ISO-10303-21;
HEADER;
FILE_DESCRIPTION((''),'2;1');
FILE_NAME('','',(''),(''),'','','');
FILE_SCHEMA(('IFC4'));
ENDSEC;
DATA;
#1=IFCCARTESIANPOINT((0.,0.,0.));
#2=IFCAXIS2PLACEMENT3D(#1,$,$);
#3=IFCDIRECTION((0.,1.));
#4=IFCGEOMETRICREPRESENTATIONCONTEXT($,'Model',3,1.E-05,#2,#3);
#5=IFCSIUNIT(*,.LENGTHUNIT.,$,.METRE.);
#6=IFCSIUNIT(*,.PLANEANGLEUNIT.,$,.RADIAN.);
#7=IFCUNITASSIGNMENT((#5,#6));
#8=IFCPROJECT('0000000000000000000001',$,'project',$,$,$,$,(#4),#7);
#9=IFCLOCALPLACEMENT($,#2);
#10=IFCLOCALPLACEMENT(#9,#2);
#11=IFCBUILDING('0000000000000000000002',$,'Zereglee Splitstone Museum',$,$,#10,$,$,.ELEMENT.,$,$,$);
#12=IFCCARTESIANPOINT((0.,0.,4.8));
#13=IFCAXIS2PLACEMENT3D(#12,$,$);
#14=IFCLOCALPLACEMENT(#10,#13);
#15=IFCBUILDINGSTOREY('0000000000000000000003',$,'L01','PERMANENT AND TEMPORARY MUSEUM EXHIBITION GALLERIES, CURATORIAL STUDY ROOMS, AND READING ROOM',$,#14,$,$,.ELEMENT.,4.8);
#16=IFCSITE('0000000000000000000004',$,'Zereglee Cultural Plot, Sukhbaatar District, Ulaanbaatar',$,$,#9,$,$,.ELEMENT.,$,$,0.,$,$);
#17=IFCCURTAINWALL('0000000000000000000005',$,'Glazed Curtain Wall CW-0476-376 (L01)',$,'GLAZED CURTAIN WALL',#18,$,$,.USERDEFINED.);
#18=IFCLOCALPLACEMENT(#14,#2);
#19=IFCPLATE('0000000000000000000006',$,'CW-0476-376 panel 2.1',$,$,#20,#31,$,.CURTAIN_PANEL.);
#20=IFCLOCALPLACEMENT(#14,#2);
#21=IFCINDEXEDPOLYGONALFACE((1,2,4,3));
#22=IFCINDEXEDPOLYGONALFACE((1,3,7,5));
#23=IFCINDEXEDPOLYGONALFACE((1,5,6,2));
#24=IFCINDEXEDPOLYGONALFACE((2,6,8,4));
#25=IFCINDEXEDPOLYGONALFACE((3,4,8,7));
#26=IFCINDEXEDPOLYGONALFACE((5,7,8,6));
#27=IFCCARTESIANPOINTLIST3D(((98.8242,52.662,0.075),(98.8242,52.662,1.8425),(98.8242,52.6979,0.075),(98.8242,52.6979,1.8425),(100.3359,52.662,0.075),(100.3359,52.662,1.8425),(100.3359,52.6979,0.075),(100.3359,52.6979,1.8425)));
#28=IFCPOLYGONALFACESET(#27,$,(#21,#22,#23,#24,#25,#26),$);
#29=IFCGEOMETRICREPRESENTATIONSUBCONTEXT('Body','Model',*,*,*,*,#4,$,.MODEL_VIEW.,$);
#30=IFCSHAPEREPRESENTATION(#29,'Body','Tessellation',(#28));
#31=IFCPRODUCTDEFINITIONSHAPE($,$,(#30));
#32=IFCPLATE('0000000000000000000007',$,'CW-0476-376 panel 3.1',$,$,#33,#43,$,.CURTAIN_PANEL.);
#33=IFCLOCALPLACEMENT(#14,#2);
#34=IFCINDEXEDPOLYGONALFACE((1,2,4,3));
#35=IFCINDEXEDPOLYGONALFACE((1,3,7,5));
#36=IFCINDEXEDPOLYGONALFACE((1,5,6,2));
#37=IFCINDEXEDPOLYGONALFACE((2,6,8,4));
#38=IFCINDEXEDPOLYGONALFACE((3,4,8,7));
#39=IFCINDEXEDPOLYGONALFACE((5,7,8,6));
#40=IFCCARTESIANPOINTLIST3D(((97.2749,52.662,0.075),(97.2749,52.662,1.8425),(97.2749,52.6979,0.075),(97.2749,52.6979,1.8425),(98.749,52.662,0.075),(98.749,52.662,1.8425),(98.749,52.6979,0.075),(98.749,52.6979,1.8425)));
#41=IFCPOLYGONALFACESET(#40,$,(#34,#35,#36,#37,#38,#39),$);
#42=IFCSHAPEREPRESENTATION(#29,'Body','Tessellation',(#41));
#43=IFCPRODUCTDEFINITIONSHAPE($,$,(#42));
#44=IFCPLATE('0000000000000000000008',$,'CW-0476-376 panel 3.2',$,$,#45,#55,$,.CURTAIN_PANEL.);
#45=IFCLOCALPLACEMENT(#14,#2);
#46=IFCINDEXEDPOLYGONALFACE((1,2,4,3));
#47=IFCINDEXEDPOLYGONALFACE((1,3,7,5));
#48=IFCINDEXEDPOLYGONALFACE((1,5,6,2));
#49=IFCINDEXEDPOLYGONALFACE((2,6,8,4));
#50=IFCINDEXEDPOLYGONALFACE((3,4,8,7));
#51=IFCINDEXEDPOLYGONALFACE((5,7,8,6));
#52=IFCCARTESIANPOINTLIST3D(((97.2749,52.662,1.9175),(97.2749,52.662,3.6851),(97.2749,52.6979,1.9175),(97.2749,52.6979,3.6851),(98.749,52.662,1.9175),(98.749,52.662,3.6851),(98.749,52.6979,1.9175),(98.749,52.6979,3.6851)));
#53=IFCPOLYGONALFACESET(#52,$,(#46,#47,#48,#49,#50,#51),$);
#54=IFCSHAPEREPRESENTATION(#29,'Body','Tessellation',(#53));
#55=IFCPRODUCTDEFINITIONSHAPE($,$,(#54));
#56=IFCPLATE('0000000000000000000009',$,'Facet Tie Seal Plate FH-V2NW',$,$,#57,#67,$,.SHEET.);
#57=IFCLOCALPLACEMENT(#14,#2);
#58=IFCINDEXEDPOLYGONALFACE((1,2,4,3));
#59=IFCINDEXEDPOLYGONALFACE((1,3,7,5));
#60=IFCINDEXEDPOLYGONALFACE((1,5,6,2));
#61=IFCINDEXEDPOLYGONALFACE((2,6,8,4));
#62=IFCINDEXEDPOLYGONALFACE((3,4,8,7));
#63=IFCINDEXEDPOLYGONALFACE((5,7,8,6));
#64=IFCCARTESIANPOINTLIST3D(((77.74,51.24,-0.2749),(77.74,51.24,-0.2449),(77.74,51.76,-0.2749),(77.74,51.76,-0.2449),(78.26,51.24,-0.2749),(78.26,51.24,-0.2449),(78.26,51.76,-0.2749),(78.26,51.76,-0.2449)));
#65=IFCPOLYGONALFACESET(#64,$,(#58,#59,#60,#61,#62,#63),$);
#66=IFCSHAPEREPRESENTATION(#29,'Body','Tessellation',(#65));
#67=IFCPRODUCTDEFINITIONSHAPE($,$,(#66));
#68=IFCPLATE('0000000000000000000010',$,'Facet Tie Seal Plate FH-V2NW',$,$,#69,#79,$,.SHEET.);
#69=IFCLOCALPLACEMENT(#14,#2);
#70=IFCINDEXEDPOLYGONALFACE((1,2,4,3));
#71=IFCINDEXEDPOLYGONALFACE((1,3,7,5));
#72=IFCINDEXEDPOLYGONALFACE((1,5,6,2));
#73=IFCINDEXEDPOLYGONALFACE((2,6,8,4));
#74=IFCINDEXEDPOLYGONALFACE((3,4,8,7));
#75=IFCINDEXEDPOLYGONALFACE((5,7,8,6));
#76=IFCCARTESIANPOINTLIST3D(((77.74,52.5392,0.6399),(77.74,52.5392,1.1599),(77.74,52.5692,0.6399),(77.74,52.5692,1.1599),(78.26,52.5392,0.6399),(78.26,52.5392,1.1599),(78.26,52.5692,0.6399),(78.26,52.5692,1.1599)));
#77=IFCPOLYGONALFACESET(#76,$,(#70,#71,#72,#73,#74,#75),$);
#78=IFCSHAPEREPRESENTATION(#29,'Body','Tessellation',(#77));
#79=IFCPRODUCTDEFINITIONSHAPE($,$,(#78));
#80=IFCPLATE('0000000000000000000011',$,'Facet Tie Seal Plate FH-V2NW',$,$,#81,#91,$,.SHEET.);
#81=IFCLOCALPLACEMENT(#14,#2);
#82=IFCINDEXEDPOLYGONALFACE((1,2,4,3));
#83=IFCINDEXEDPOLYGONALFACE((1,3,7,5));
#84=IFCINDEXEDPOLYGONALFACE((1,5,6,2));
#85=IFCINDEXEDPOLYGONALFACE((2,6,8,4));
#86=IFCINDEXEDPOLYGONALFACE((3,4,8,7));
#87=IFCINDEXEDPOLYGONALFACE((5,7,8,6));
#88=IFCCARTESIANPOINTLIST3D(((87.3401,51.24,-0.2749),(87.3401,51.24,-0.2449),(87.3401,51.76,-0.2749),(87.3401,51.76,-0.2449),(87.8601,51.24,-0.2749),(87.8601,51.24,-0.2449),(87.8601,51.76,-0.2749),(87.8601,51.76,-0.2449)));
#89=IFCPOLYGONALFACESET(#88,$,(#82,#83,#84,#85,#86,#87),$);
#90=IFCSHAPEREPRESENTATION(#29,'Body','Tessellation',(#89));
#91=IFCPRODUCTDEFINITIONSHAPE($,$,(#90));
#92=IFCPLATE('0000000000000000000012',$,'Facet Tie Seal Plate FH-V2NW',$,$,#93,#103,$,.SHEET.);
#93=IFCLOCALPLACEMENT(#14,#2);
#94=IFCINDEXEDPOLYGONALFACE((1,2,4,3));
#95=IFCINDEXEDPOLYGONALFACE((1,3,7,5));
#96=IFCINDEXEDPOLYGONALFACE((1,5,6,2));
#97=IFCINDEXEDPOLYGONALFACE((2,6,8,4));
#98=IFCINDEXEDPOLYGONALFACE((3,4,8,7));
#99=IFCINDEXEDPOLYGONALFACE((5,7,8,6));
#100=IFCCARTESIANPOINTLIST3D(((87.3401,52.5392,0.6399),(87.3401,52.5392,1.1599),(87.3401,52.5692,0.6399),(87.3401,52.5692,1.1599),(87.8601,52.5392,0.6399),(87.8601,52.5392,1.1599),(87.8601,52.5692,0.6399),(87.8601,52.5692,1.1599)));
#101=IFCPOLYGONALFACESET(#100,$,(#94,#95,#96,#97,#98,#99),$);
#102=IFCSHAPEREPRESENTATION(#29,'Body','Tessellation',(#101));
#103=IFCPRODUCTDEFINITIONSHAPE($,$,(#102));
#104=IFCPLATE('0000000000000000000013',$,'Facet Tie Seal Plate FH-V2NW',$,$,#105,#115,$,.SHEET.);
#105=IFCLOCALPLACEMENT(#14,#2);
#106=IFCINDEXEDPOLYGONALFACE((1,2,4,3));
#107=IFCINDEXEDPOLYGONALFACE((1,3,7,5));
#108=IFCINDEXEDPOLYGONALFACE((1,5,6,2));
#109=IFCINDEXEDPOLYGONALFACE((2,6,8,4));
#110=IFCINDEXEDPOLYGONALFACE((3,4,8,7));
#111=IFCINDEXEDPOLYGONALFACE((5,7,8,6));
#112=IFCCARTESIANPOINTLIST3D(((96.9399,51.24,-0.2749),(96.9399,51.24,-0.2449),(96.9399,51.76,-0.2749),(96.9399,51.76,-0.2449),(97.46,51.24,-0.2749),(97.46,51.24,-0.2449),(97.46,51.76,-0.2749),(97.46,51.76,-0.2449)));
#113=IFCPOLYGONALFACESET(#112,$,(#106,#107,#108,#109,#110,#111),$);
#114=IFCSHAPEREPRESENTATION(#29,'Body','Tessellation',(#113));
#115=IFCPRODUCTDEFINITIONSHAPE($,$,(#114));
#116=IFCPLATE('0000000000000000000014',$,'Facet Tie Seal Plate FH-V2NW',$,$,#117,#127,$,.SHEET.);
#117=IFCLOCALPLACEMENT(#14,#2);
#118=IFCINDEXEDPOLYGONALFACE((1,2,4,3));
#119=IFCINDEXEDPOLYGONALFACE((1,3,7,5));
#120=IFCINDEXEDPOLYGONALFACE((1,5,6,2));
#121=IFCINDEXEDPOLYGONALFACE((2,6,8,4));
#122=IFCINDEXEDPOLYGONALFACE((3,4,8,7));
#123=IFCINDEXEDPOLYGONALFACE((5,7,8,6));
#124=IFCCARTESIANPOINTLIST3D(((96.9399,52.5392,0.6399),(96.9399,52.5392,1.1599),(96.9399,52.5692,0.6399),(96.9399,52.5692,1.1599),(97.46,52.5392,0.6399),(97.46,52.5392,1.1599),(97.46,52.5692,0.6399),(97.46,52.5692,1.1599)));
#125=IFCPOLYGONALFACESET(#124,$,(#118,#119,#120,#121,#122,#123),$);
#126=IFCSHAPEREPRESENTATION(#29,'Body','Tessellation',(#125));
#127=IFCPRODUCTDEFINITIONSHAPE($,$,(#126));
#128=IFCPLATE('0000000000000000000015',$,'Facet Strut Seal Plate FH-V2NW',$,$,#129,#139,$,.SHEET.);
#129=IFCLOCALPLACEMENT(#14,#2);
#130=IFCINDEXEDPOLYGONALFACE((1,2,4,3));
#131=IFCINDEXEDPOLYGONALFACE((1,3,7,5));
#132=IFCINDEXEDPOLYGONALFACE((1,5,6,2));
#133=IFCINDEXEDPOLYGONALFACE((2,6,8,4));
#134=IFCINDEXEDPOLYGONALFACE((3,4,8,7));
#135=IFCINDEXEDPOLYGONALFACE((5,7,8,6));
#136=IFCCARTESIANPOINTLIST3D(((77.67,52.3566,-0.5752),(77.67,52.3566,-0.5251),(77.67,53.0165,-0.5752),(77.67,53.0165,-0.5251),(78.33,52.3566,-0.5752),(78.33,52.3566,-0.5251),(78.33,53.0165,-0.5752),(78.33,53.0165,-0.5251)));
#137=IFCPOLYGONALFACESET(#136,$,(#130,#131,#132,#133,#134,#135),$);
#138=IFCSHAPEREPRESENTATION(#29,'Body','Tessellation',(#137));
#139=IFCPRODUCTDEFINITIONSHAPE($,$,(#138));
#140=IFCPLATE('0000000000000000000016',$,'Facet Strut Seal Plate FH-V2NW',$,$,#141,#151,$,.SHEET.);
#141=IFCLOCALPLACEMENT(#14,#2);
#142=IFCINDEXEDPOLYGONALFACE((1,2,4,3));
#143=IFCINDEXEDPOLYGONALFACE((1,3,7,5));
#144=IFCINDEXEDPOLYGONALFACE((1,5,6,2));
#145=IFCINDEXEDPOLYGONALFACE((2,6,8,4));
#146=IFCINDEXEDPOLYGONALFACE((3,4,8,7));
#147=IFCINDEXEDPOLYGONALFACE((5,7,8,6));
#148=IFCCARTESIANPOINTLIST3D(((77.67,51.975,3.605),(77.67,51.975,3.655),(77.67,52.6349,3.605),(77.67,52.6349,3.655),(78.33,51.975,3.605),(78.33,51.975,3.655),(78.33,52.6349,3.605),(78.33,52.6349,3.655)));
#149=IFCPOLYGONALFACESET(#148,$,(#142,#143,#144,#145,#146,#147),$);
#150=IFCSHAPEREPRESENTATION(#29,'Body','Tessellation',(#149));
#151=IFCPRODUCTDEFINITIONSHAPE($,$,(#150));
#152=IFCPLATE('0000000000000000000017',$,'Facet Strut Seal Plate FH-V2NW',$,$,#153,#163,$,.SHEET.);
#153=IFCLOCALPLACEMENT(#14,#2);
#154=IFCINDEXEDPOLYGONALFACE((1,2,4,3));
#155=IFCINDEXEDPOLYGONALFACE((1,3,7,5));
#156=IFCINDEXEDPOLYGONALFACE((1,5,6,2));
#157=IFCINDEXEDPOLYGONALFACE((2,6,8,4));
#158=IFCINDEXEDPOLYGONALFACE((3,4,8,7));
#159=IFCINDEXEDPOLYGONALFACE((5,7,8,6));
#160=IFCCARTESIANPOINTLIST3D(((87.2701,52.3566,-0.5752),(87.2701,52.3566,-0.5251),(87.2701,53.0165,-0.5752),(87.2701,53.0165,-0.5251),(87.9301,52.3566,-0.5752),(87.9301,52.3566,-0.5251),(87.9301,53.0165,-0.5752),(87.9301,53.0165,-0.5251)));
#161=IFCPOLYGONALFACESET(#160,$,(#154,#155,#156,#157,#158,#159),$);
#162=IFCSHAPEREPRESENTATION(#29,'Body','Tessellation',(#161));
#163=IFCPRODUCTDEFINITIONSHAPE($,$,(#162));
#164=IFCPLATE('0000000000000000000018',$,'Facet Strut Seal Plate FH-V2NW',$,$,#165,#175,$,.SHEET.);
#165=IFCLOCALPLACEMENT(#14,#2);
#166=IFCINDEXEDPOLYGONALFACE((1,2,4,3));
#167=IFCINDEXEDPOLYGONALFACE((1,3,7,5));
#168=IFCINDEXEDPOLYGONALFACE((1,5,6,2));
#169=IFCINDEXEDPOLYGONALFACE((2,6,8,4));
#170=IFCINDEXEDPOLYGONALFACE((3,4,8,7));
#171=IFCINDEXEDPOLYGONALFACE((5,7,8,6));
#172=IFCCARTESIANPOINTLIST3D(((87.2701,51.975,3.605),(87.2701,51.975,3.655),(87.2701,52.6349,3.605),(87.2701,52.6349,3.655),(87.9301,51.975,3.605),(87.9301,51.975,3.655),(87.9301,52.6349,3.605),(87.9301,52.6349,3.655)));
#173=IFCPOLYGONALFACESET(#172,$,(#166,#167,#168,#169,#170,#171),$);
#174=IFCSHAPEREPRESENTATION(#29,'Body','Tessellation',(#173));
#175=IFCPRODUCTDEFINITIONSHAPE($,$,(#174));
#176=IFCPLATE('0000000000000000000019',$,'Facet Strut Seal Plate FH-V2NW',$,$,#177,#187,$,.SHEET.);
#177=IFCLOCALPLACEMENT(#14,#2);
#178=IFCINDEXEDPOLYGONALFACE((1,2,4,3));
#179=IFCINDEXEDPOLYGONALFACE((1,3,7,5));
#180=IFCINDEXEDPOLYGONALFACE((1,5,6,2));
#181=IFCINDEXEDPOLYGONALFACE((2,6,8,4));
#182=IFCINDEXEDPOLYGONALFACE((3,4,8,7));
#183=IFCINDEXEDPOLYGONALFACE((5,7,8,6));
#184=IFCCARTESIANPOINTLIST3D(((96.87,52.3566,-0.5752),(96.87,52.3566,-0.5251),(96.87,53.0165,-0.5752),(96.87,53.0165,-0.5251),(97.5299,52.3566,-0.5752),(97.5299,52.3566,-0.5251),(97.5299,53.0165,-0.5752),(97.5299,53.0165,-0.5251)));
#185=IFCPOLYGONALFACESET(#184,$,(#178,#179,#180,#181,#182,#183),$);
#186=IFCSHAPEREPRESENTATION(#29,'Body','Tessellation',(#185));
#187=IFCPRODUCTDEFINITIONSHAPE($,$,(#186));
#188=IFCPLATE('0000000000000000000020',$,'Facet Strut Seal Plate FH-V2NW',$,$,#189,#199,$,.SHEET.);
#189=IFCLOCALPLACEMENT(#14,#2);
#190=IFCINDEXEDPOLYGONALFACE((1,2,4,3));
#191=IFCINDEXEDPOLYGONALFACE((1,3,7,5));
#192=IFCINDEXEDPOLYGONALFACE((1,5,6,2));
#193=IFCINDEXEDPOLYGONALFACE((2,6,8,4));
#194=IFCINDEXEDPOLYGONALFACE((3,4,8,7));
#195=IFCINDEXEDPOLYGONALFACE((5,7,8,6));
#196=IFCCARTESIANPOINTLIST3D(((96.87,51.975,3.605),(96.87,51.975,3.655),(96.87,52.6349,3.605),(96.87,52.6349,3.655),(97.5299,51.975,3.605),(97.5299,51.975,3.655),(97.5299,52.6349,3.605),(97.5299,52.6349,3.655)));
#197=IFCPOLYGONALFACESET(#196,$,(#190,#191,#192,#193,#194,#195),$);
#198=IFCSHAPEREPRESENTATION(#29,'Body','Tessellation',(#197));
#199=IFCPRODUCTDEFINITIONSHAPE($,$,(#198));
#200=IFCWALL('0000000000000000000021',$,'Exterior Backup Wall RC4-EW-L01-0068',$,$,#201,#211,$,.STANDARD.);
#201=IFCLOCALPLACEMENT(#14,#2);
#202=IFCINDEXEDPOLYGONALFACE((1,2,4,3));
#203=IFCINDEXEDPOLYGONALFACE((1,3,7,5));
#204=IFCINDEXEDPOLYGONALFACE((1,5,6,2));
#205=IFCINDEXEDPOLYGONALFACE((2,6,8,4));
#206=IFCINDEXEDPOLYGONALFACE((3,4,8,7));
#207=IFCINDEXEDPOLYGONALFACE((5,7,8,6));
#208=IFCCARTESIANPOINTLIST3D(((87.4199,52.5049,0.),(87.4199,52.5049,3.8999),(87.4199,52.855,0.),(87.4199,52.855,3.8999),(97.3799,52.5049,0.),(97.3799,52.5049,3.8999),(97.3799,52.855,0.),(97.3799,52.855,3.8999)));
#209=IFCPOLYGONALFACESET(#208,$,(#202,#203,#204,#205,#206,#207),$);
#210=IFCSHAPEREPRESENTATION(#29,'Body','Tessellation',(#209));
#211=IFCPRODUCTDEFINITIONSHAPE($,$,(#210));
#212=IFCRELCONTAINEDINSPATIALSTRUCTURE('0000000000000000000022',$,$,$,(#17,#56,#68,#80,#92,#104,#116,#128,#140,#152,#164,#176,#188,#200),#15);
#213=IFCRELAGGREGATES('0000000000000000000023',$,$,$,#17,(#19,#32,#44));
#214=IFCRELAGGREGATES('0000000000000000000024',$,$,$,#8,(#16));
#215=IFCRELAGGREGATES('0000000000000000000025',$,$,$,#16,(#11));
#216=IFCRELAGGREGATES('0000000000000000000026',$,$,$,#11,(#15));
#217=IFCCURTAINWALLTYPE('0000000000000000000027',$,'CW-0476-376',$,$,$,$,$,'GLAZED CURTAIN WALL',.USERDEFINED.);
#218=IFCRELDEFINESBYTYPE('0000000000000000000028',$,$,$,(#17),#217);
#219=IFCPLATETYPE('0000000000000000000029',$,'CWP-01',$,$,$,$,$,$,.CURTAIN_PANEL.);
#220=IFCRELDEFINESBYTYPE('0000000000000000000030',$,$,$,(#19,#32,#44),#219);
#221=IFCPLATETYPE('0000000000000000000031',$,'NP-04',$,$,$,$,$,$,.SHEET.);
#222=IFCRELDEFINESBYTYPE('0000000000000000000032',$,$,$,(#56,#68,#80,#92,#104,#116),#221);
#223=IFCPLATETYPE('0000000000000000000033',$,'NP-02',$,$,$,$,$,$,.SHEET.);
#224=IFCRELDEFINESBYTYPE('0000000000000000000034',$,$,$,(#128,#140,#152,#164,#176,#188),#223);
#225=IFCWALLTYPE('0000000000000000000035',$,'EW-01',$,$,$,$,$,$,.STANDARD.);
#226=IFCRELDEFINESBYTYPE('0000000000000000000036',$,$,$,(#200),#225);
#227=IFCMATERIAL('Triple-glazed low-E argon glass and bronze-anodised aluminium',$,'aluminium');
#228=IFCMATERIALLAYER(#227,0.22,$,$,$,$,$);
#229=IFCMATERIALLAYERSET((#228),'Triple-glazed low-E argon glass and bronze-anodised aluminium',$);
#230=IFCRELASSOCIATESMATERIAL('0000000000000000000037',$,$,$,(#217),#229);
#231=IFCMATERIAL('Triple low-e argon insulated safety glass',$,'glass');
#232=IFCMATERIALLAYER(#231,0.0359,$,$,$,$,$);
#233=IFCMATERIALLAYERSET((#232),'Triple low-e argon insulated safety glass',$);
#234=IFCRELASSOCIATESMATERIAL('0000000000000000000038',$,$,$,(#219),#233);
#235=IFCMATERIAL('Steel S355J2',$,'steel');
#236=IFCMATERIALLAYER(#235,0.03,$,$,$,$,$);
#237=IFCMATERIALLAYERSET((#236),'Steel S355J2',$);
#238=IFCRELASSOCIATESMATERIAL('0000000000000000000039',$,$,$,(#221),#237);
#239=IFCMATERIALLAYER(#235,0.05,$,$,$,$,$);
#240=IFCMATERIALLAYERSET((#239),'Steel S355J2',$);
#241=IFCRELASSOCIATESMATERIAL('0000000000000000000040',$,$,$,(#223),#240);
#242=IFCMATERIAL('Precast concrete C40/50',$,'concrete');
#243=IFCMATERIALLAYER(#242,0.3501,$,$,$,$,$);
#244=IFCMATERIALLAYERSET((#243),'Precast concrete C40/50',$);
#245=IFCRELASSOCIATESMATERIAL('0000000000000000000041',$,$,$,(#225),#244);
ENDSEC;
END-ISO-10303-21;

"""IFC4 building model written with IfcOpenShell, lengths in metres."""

from ifc_helpers import new_model, si_unit, direction, frame, frame_2d, origin, origin_2d, place, context, subcontext, project, spatial, rectangle, extrude, material, layer, layer_set, type_object, element, aggregate, save


model = new_model("IFC4")

# Units and contexts
model_context = context("Model", 3, precision=1e-05, world=origin(), true_north=direction((0.0, 1.0)))
body_context = subcontext(model_context, "Body", "Model", "MODEL_VIEW")
ifc_project = project(units=[si_unit("LENGTHUNIT", "METRE"), si_unit("PLANEANGLEUNIT", "RADIAN")], contexts=[model_context])

# Site, building, storey
site_placement = place(None, origin())
site = spatial("IfcSite", under=ifc_project, at=site_placement, Name="Zereglee Cultural Plot, Sukhbaatar District, Ulaanbaatar", CompositionType="ELEMENT", RefElevation=0.0)
building_placement = place(site_placement, origin())
building = spatial("IfcBuilding", under=site, at=building_placement, Name="Zereglee Splitstone Museum", CompositionType="ELEMENT")
storey_placement = place(building_placement, frame((0.0, 0.0, 4.8)))
storey = spatial("IfcBuildingStorey", under=building, at=storey_placement, Name="L01", Description="PERMANENT AND TEMPORARY MUSEUM EXHIBITION GALLERIES, CURATORIAL STUDY ROOMS, AND READING ROOM", CompositionType="ELEMENT", Elevation=4.8)

# Curtain wall
ifc_material_1 = material(Name="Triple-glazed low-E argon glass and bronze-anodised aluminium", Category="aluminium")
ifc_layer_1 = layer(ifc_material_1, 0.22)
ifc_layer_set_1 = layer_set([ifc_layer_1], Name="Triple-glazed low-E argon glass and bronze-anodised aluminium")
curtain_wall_type = type_object("IfcCurtainWallType", Name="CW-0476-376", ElementType="GLAZED CURTAIN WALL", PredefinedType="USERDEFINED", material=ifc_layer_set_1)
curtain_wall_placement = place(storey_placement, origin())
curtain_wall = element("IfcCurtainWall", 1, at=curtain_wall_placement, inside=storey, type_object=curtain_wall_type, Name="Glazed Curtain Wall CW-0476-376 (L01)", ObjectType="GLAZED CURTAIN WALL", PredefinedType="USERDEFINED")

# Shared definitions
ifc_material_2 = material(Name="Steel S355J2", Category="steel")

# Plates
ifc_material_3 = material(Name="Triple low-e argon insulated safety glass", Category="glass")
ifc_layer_2 = layer(ifc_material_3, 0.0359)
ifc_layer_set_2 = layer_set([ifc_layer_2], Name="Triple low-e argon insulated safety glass")
plate_type_1 = type_object("IfcPlateType", Name="CWP-01", PredefinedType="CURTAIN_PANEL", material=ifc_layer_set_2)
plate_1_placement = place(storey_placement, frame((99.5801, 52.6799, 0.075), z_axis=(0.0, 0.0, 1.0), x_axis=(-1.0, 0.0, 0.0)))
plate_1 = element("IfcPlate", 2, at=plate_1_placement, type_object=plate_type_1, Name="CW-0476-376 panel 2.1", PredefinedType="CURTAIN_PANEL", context=body_context, shape_type="SweptSolid", body=[
    extrude(rectangle(XDim=1.5117, YDim=0.0359, at=origin_2d()), origin(), (0.0, 0.0, 1.0), 1.7676),
])
plate_2_placement = place(storey_placement, frame((98.012, 52.6799, 0.075), z_axis=(0.0, 0.0, 1.0), x_axis=(-1.0, 0.0, 0.0)))
plate_2 = element("IfcPlate", 3, at=plate_2_placement, type_object=plate_type_1, Name="CW-0476-376 panel 3.1", PredefinedType="CURTAIN_PANEL", context=body_context, shape_type="SweptSolid", body=[
    extrude(rectangle(XDim=1.4741, YDim=0.0359, at=origin_2d()), origin(), (0.0, 0.0, 1.0), 1.7676),
])
plate_3_placement = place(storey_placement, frame((98.012, 52.6799, 1.9175), z_axis=(0.0, 0.0, 1.0), x_axis=(-1.0, 0.0, 0.0)))
plate_3 = element("IfcPlate", 4, at=plate_3_placement, type_object=plate_type_1, Name="CW-0476-376 panel 3.2", PredefinedType="CURTAIN_PANEL", context=body_context, shape_type="SweptSolid", body=[
    extrude(rectangle(XDim=1.4741, YDim=0.0359, at=origin_2d()), origin(), (0.0, 0.0, 1.0), 1.7676),
])
aggregate(curtain_wall, [plate_1, plate_2, plate_3])

# Plates
ifc_layer_3 = layer(ifc_material_2, 0.03)
ifc_layer_set_3 = layer_set([ifc_layer_3], Name="Steel S355J2")
plate_type_2 = type_object("IfcPlateType", Name="NP-04", PredefinedType="SHEET", material=ifc_layer_set_3)
plate_4_placement = place(storey_placement, frame((78.0, 51.5, -0.2749), z_axis=(0.0, 0.0, 1.0), x_axis=(1.0, 0.0, 0.0)))
element("IfcPlate", 5, at=plate_4_placement, inside=storey, type_object=plate_type_2, Name="Facet Tie Seal Plate FH-V2NW", PredefinedType="SHEET", context=body_context, shape_type="SweptSolid", body=[
    extrude(rectangle(XDim=0.52, YDim=0.52, at=origin_2d()), origin(), (0.0, 0.0, 1.0), 0.03),
])
plate_5_placement = place(storey_placement, frame((78.0, 52.5542, 0.6399), z_axis=(0.0, 0.0, 1.0), x_axis=(1.0, 0.0, 0.0)))
element("IfcPlate", 6, at=plate_5_placement, inside=storey, type_object=plate_type_2, Name="Facet Tie Seal Plate FH-V2NW", PredefinedType="SHEET", context=body_context, shape_type="SweptSolid", body=[
    extrude(rectangle(XDim=0.52, YDim=0.03, at=origin_2d()), origin(), (0.0, 0.0, 1.0), 0.52),
])
plate_6_placement = place(storey_placement, frame((87.6001, 51.5, -0.2749), z_axis=(0.0, 0.0, 1.0), x_axis=(1.0, 0.0, 0.0)))
element("IfcPlate", 7, at=plate_6_placement, inside=storey, type_object=plate_type_2, Name="Facet Tie Seal Plate FH-V2NW", PredefinedType="SHEET", context=body_context, shape_type="SweptSolid", body=[
    extrude(rectangle(XDim=0.52, YDim=0.52, at=origin_2d()), origin(), (0.0, 0.0, 1.0), 0.03),
])
plate_7_placement = place(storey_placement, frame((87.6001, 52.5542, 0.6399), z_axis=(0.0, 0.0, 1.0), x_axis=(1.0, 0.0, 0.0)))
element("IfcPlate", 8, at=plate_7_placement, inside=storey, type_object=plate_type_2, Name="Facet Tie Seal Plate FH-V2NW", PredefinedType="SHEET", context=body_context, shape_type="SweptSolid", body=[
    extrude(rectangle(XDim=0.52, YDim=0.03, at=origin_2d()), origin(), (0.0, 0.0, 1.0), 0.52),
])
plate_8_placement = place(storey_placement, frame((97.2, 51.5, -0.2749), z_axis=(0.0, 0.0, 1.0), x_axis=(1.0, 0.0, 0.0)))
element("IfcPlate", 9, at=plate_8_placement, inside=storey, type_object=plate_type_2, Name="Facet Tie Seal Plate FH-V2NW", PredefinedType="SHEET", context=body_context, shape_type="SweptSolid", body=[
    extrude(rectangle(XDim=0.52, YDim=0.52, at=origin_2d()), origin(), (0.0, 0.0, 1.0), 0.03),
])
plate_9_placement = place(storey_placement, frame((97.2, 52.5542, 0.6399), z_axis=(0.0, 0.0, 1.0), x_axis=(1.0, 0.0, 0.0)))
element("IfcPlate", 10, at=plate_9_placement, inside=storey, type_object=plate_type_2, Name="Facet Tie Seal Plate FH-V2NW", PredefinedType="SHEET", context=body_context, shape_type="SweptSolid", body=[
    extrude(rectangle(XDim=0.52, YDim=0.03, at=origin_2d()), origin(), (0.0, 0.0, 1.0), 0.52),
])
ifc_layer_4 = layer(ifc_material_2, 0.05)
ifc_layer_set_4 = layer_set([ifc_layer_4], Name="Steel S355J2")
plate_type_3 = type_object("IfcPlateType", Name="NP-02", PredefinedType="SHEET", material=ifc_layer_set_4)
for number, where, z_axis, x_axis, name in (
    (11, (78.0, 52.6865, -0.5752), (0.0, 0.0, 1.0), (1.0, 0.0, 0.0), "Facet Strut Seal Plate FH-V2NW"),
    (12, (78.0, 52.3049, 3.605), (0.0, 0.0, 1.0), (1.0, 0.0, 0.0), "Facet Strut Seal Plate FH-V2NW"),
    (13, (87.6001, 52.6865, -0.5752), (0.0, 0.0, 1.0), (1.0, 0.0, 0.0), "Facet Strut Seal Plate FH-V2NW"),
    (14, (87.6001, 52.3049, 3.605), (0.0, 0.0, 1.0), (1.0, 0.0, 0.0), "Facet Strut Seal Plate FH-V2NW"),
    (15, (97.2, 52.6865, -0.5752), (0.0, 0.0, 1.0), (1.0, 0.0, 0.0), "Facet Strut Seal Plate FH-V2NW"),
    (16, (97.2, 52.3049, 3.605), (0.0, 0.0, 1.0), (1.0, 0.0, 0.0), "Facet Strut Seal Plate FH-V2NW"),
):
    element("IfcPlate", number, at=place(storey_placement, frame(where, z_axis=z_axis, x_axis=x_axis)), inside=storey, type_object=plate_type_3, Name=name, PredefinedType="SHEET", context=body_context, shape_type="SweptSolid", body=[
        extrude(rectangle(XDim=0.6599, YDim=0.6599, at=origin_2d()), origin(), (0.0, 0.0, 1.0), 0.05),
    ])

# Wall
ifc_material_4 = material(Name="Precast concrete C40/50", Category="concrete")
ifc_layer_5 = layer(ifc_material_4, 0.3501)
ifc_layer_set_5 = layer_set([ifc_layer_5], Name="Precast concrete C40/50")
wall_type = type_object("IfcWallType", Name="EW-01", PredefinedType="STANDARD", material=ifc_layer_set_5)
wall_1_placement = place(storey_placement, frame((97.3799, 52.6799, 0.0), z_axis=(0.0, 0.0, 1.0), x_axis=(-1.0, 0.0, 0.0)))
element("IfcWall", 17, at=wall_1_placement, inside=storey, type_object=wall_type, Name="Exterior Backup Wall RC4-EW-L01-0068", PredefinedType="STANDARD", context=body_context, shape_type="SweptSolid", body=[
    extrude(rectangle(XDim=9.96, YDim=0.3501, at=frame_2d((4.98, 0.0))), origin(), (0.0, 0.0, 1.0), 3.8999),
])

save(model, "model.ifc")
